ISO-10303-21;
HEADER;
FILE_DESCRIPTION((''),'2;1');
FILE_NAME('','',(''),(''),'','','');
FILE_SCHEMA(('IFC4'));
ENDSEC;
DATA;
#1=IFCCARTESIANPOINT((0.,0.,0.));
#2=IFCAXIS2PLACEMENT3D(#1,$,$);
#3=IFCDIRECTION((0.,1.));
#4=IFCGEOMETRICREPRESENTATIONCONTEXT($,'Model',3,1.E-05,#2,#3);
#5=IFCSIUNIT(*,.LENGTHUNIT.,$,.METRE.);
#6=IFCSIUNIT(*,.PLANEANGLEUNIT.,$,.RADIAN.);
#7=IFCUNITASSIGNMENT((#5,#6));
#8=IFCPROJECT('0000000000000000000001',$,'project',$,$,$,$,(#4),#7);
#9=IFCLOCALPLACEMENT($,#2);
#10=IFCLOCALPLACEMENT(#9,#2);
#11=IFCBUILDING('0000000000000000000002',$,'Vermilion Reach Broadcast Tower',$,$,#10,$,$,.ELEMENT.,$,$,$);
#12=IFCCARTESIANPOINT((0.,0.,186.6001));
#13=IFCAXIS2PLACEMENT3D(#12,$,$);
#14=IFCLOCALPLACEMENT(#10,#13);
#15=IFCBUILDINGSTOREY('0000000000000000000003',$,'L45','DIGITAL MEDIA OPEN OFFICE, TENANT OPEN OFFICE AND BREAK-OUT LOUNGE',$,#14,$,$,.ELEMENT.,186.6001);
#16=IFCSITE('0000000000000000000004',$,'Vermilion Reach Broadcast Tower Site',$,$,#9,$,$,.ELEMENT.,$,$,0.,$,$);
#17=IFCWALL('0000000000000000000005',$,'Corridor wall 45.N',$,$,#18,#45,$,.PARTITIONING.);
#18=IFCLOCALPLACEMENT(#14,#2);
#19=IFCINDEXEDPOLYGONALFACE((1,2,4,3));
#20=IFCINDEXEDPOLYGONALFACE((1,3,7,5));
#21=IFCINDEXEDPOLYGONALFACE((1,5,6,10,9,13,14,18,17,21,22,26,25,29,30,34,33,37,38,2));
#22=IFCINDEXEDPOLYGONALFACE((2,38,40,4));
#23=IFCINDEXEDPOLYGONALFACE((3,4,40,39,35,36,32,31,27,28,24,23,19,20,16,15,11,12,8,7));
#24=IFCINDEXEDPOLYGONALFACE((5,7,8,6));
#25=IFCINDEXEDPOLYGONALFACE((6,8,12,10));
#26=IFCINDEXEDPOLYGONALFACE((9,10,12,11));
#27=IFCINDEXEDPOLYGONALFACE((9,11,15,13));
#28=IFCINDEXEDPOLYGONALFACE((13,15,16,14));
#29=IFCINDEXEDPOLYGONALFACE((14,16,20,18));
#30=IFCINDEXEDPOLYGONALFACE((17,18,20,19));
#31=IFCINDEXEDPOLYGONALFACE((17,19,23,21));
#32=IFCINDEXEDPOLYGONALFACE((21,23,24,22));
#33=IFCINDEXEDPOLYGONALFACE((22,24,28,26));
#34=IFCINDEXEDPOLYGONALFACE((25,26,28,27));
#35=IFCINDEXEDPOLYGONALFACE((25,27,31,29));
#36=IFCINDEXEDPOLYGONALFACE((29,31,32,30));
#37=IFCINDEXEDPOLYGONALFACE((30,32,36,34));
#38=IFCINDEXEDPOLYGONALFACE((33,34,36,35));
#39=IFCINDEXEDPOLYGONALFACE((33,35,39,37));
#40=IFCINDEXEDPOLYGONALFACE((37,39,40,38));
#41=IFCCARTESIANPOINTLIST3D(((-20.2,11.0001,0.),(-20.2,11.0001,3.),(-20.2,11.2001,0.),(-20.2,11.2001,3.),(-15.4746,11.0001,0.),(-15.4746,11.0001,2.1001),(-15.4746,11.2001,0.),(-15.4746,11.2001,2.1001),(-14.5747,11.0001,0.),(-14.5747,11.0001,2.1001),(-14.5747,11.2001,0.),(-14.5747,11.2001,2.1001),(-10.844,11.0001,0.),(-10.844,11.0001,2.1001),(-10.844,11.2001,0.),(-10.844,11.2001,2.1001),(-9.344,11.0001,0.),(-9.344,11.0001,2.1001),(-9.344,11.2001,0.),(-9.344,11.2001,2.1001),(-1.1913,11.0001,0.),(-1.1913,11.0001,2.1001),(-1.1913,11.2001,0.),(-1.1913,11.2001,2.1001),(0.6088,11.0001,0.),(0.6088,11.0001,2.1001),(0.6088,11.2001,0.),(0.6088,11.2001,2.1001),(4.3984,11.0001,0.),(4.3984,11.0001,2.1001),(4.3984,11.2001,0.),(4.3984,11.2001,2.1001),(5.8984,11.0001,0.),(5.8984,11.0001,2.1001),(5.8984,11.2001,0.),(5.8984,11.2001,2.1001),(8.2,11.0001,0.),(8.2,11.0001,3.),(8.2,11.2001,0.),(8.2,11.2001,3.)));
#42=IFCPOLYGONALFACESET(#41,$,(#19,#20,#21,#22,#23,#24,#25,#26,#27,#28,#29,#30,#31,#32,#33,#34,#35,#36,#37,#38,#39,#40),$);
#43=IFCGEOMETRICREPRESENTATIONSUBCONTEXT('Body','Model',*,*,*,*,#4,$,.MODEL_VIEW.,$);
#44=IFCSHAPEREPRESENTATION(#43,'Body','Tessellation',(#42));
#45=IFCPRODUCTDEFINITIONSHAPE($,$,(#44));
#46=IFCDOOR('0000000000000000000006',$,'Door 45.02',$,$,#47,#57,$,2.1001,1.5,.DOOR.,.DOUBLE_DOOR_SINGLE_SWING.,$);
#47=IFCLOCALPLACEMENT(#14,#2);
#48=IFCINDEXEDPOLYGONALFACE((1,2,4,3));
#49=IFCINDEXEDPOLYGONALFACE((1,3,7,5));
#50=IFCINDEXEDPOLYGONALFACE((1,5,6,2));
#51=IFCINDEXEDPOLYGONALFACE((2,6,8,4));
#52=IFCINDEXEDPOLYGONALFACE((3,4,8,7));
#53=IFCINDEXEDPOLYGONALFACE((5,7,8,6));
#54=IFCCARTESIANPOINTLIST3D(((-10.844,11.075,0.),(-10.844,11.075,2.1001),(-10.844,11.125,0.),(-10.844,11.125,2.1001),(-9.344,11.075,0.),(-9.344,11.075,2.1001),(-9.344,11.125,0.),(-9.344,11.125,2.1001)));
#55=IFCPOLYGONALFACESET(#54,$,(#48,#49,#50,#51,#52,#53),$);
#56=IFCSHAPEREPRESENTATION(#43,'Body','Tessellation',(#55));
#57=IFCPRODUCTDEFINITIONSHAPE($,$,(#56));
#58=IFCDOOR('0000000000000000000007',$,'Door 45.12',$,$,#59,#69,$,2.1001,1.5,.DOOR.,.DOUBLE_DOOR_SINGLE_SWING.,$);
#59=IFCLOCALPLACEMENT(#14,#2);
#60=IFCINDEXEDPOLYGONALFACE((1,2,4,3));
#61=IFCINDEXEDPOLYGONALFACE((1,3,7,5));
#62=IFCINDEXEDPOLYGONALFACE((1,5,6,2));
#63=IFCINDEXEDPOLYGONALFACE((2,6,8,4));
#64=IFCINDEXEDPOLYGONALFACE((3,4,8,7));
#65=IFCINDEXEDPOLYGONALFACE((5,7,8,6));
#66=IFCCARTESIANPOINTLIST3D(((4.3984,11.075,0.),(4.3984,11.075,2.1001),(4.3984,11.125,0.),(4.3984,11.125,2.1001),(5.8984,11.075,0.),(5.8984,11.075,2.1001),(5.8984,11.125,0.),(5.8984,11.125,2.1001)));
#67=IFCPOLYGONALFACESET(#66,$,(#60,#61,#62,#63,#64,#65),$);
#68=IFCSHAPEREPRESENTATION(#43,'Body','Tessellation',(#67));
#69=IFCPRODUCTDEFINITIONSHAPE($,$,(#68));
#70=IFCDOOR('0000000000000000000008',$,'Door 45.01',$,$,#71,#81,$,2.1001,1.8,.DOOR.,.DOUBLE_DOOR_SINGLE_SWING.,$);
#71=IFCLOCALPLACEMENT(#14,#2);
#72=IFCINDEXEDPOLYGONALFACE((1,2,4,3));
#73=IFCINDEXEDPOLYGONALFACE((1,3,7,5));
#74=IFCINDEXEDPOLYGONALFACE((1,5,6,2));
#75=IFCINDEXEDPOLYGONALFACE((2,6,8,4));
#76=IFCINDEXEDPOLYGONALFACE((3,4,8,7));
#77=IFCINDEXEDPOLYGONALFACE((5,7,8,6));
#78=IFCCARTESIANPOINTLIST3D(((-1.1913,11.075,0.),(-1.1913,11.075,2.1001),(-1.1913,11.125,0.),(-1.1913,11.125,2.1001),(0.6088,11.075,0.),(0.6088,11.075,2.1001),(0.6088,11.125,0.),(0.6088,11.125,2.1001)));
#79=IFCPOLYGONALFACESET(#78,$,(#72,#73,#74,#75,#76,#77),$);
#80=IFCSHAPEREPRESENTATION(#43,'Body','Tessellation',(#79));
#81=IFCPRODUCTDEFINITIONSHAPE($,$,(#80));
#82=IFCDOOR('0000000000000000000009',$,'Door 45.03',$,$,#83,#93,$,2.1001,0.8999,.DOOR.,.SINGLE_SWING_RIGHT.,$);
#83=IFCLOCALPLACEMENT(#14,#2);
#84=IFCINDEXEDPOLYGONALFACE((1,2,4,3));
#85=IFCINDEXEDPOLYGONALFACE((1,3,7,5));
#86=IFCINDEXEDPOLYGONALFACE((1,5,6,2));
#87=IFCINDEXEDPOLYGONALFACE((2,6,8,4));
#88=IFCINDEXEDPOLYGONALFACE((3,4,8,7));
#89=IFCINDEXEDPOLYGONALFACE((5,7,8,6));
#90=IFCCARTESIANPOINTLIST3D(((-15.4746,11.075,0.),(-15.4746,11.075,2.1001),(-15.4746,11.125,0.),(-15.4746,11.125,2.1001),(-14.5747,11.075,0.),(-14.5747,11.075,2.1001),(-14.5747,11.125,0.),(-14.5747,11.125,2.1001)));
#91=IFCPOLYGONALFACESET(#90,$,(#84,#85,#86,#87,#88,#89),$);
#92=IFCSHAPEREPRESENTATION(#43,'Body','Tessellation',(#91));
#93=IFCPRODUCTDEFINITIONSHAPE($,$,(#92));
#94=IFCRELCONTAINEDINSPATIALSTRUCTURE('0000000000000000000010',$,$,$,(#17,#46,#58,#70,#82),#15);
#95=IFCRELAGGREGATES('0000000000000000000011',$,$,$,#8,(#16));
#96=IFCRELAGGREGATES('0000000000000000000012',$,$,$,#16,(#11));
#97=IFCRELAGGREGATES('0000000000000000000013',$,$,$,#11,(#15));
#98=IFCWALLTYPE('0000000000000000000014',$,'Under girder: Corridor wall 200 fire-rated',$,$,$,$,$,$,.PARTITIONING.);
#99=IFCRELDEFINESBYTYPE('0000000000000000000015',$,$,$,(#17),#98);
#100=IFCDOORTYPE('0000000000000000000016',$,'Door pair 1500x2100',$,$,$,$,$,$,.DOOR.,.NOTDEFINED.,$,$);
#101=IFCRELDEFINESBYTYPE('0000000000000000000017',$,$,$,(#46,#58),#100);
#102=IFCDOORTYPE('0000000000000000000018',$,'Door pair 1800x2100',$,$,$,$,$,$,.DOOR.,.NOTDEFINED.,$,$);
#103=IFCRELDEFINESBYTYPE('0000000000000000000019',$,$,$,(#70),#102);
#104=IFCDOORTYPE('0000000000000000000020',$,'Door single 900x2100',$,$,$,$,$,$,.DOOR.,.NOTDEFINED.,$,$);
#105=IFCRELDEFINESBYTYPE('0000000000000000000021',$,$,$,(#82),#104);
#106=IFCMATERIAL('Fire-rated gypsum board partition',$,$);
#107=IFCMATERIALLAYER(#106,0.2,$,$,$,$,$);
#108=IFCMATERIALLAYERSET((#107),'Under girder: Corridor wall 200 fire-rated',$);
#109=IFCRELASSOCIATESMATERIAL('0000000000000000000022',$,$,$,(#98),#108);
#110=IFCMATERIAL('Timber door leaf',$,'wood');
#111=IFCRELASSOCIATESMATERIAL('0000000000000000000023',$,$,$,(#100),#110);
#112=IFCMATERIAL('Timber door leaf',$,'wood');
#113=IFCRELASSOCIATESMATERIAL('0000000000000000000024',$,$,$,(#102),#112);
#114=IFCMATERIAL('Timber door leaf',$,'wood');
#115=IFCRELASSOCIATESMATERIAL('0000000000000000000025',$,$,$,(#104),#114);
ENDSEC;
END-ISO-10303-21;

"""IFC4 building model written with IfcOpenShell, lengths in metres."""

from ifc_helpers import new_model, si_unit, direction, frame, frame_2d, origin, place, context, subcontext, project, spatial, rectangle, extrude, material, layer, layer_set, type_object, element, fill, save


model = new_model("IFC4")

# Units and contexts
model_context = context("Model", 3, precision=1e-05, world=origin(), true_north=direction((0.0, 1.0)))
body_context = subcontext(model_context, "Body", "Model", "MODEL_VIEW")
ifc_project = project(units=[si_unit("LENGTHUNIT", "METRE"), si_unit("PLANEANGLEUNIT", "RADIAN")], contexts=[model_context])

# Site, building, storey
site_placement = place(None, origin())
site = spatial("IfcSite", under=ifc_project, at=site_placement, Name="Vermilion Reach Broadcast Tower Site", CompositionType="ELEMENT", RefElevation=0.0)
building_placement = place(site_placement, origin())
building = spatial("IfcBuilding", under=site, at=building_placement, Name="Vermilion Reach Broadcast Tower", CompositionType="ELEMENT")
storey_placement = place(building_placement, frame((0.0, 0.0, 186.6001)))
storey = spatial("IfcBuildingStorey", under=building, at=storey_placement, Name="L45", Description="DIGITAL MEDIA OPEN OFFICE, TENANT OPEN OFFICE AND BREAK-OUT LOUNGE", CompositionType="ELEMENT", Elevation=186.6001)

# Wall, openings, doors
ifc_material_1 = material(Name="Fire-rated gypsum board partition")
ifc_layer_1 = layer(ifc_material_1, 0.2)
ifc_layer_set_1 = layer_set([ifc_layer_1], Name="Under girder: Corridor wall 200 fire-rated")
wall_type_1 = type_object("IfcWallType", Name="Under girder: Corridor wall 200 fire-rated", PredefinedType="PARTITIONING", material=ifc_layer_set_1)
wall_1_placement = place(storey_placement, frame((-20.2, 11.1001, 0.0), z_axis=(0.0, 0.0, 1.0), x_axis=(1.0, 0.0, 0.0)))
wall_1 = element("IfcWall", 1, at=wall_1_placement, inside=storey, type_object=wall_type_1, Name="Corridor wall 45.N", PredefinedType="PARTITIONING", context=body_context, shape_type="SweptSolid", body=[
    extrude(rectangle(XDim=28.3999, YDim=0.2, at=frame_2d((14.2, 0.0))), origin(), (0.0, 0.0, 1.0), 3.0),
])
opening_1_placement = place(wall_1_placement, frame((19.0088, 0.0, 0.0)))
opening_1 = element("IfcOpeningElement", 2, at=opening_1_placement, cuts=wall_1, PredefinedType="OPENING", context=body_context, shape_type="SweptSolid", body=[
    extrude(rectangle(XDim=1.8, YDim=2.1001, at=frame_2d((0.8999, 1.05))), frame((0.0, 0.1099, 0.0), z_axis=(0.0, -1.0, 0.0), x_axis=(1.0, 0.0, 0.0)), (0.0, 0.0, 1.0), 0.22),
])
opening_2_placement = place(wall_1_placement, frame((9.356, 0.0, 0.0)))
opening_2 = element("IfcOpeningElement", 3, at=opening_2_placement, cuts=wall_1, PredefinedType="OPENING", context=body_context, shape_type="SweptSolid", body=[
    extrude(rectangle(XDim=1.5, YDim=2.1001, at=frame_2d((0.75, 1.05))), frame((0.0, 0.1099, 0.0), z_axis=(0.0, -1.0, 0.0), x_axis=(1.0, 0.0, 0.0)), (0.0, 0.0, 1.0), 0.22),
])
opening_3_placement = place(wall_1_placement, frame((4.7253, 0.0, 0.0)))
opening_3 = element("IfcOpeningElement", 4, at=opening_3_placement, cuts=wall_1, PredefinedType="OPENING", context=body_context, shape_type="SweptSolid", body=[
    extrude(rectangle(XDim=0.8999, YDim=2.1001, at=frame_2d((0.45, 1.05))), frame((0.0, 0.1099, 0.0), z_axis=(0.0, -1.0, 0.0), x_axis=(1.0, 0.0, 0.0)), (0.0, 0.0, 1.0), 0.22),
])
opening_4_placement = place(wall_1_placement, frame((24.5984, 0.0, 0.0)))
opening_4 = element("IfcOpeningElement", 5, at=opening_4_placement, cuts=wall_1, PredefinedType="OPENING", context=body_context, shape_type="SweptSolid", body=[
    extrude(rectangle(XDim=1.5, YDim=2.1001, at=frame_2d((0.75, 1.05))), frame((0.0, 0.1099, 0.0), z_axis=(0.0, -1.0, 0.0), x_axis=(1.0, 0.0, 0.0)), (0.0, 0.0, 1.0), 0.22),
])
ifc_material_2 = material(Name="Timber door leaf", Category="wood")
door_type_1 = type_object("IfcDoorType", Name="Door pair 1500x2100", OperationType="NOTDEFINED", PredefinedType="DOOR", material=ifc_material_2)
door_1_placement = place(opening_2_placement, origin())
door_1 = element("IfcDoor", 6, at=door_1_placement, inside=storey, type_object=door_type_1, Name="Door 45.02", OperationType="DOUBLE_DOOR_SINGLE_SWING", OverallHeight=2.1001, OverallWidth=1.5, PredefinedType="DOOR", context=body_context, shape_type="SweptSolid", body=[
    extrude(rectangle(XDim=1.5, YDim=2.1001, at=frame_2d((0.75, 1.05))), frame((0.0, 0.0249, 0.0), z_axis=(0.0, -1.0, 0.0), x_axis=(1.0, 0.0, 0.0)), (0.0, 0.0, 1.0), 0.05),
])
fill(opening_2, door_1)
door_2_placement = place(opening_4_placement, origin())
door_2 = element("IfcDoor", 7, at=door_2_placement, inside=storey, type_object=door_type_1, Name="Door 45.12", OperationType="DOUBLE_DOOR_SINGLE_SWING", OverallHeight=2.1001, OverallWidth=1.5, PredefinedType="DOOR", context=body_context, shape_type="SweptSolid", body=[
    extrude(rectangle(XDim=1.5, YDim=2.1001, at=frame_2d((0.75, 1.05))), frame((0.0, 0.0249, 0.0), z_axis=(0.0, -1.0, 0.0), x_axis=(1.0, 0.0, 0.0)), (0.0, 0.0, 1.0), 0.05),
])
fill(opening_4, door_2)
ifc_material_3 = material(Name="Timber door leaf", Category="wood")
door_type_2 = type_object("IfcDoorType", Name="Door pair 1800x2100", OperationType="NOTDEFINED", PredefinedType="DOOR", material=ifc_material_3)
door_3_placement = place(opening_1_placement, origin())
door_3 = element("IfcDoor", 8, at=door_3_placement, inside=storey, type_object=door_type_2, Name="Door 45.01", OperationType="DOUBLE_DOOR_SINGLE_SWING", OverallHeight=2.1001, OverallWidth=1.8, PredefinedType="DOOR", context=body_context, shape_type="SweptSolid", body=[
    extrude(rectangle(XDim=1.8, YDim=2.1001, at=frame_2d((0.8999, 1.05))), frame((0.0, 0.0249, 0.0), z_axis=(0.0, -1.0, 0.0), x_axis=(1.0, 0.0, 0.0)), (0.0, 0.0, 1.0), 0.05),
])
fill(opening_1, door_3)
ifc_material_4 = material(Name="Timber door leaf", Category="wood")
door_type_3 = type_object("IfcDoorType", Name="Door single 900x2100", OperationType="NOTDEFINED", PredefinedType="DOOR", material=ifc_material_4)
door_4_placement = place(opening_3_placement, origin())
door_4 = element("IfcDoor", 9, at=door_4_placement, inside=storey, type_object=door_type_3, Name="Door 45.03", OperationType="SINGLE_SWING_RIGHT", OverallHeight=2.1001, OverallWidth=0.8999, PredefinedType="DOOR", context=body_context, shape_type="SweptSolid", body=[
    extrude(rectangle(XDim=0.8999, YDim=2.1001, at=frame_2d((0.45, 1.05))), frame((0.0, 0.0249, 0.0), z_axis=(0.0, -1.0, 0.0), x_axis=(1.0, 0.0, 0.0)), (0.0, 0.0, 1.0), 0.05),
])
fill(opening_3, door_4)

save(model, "model.ifc")
